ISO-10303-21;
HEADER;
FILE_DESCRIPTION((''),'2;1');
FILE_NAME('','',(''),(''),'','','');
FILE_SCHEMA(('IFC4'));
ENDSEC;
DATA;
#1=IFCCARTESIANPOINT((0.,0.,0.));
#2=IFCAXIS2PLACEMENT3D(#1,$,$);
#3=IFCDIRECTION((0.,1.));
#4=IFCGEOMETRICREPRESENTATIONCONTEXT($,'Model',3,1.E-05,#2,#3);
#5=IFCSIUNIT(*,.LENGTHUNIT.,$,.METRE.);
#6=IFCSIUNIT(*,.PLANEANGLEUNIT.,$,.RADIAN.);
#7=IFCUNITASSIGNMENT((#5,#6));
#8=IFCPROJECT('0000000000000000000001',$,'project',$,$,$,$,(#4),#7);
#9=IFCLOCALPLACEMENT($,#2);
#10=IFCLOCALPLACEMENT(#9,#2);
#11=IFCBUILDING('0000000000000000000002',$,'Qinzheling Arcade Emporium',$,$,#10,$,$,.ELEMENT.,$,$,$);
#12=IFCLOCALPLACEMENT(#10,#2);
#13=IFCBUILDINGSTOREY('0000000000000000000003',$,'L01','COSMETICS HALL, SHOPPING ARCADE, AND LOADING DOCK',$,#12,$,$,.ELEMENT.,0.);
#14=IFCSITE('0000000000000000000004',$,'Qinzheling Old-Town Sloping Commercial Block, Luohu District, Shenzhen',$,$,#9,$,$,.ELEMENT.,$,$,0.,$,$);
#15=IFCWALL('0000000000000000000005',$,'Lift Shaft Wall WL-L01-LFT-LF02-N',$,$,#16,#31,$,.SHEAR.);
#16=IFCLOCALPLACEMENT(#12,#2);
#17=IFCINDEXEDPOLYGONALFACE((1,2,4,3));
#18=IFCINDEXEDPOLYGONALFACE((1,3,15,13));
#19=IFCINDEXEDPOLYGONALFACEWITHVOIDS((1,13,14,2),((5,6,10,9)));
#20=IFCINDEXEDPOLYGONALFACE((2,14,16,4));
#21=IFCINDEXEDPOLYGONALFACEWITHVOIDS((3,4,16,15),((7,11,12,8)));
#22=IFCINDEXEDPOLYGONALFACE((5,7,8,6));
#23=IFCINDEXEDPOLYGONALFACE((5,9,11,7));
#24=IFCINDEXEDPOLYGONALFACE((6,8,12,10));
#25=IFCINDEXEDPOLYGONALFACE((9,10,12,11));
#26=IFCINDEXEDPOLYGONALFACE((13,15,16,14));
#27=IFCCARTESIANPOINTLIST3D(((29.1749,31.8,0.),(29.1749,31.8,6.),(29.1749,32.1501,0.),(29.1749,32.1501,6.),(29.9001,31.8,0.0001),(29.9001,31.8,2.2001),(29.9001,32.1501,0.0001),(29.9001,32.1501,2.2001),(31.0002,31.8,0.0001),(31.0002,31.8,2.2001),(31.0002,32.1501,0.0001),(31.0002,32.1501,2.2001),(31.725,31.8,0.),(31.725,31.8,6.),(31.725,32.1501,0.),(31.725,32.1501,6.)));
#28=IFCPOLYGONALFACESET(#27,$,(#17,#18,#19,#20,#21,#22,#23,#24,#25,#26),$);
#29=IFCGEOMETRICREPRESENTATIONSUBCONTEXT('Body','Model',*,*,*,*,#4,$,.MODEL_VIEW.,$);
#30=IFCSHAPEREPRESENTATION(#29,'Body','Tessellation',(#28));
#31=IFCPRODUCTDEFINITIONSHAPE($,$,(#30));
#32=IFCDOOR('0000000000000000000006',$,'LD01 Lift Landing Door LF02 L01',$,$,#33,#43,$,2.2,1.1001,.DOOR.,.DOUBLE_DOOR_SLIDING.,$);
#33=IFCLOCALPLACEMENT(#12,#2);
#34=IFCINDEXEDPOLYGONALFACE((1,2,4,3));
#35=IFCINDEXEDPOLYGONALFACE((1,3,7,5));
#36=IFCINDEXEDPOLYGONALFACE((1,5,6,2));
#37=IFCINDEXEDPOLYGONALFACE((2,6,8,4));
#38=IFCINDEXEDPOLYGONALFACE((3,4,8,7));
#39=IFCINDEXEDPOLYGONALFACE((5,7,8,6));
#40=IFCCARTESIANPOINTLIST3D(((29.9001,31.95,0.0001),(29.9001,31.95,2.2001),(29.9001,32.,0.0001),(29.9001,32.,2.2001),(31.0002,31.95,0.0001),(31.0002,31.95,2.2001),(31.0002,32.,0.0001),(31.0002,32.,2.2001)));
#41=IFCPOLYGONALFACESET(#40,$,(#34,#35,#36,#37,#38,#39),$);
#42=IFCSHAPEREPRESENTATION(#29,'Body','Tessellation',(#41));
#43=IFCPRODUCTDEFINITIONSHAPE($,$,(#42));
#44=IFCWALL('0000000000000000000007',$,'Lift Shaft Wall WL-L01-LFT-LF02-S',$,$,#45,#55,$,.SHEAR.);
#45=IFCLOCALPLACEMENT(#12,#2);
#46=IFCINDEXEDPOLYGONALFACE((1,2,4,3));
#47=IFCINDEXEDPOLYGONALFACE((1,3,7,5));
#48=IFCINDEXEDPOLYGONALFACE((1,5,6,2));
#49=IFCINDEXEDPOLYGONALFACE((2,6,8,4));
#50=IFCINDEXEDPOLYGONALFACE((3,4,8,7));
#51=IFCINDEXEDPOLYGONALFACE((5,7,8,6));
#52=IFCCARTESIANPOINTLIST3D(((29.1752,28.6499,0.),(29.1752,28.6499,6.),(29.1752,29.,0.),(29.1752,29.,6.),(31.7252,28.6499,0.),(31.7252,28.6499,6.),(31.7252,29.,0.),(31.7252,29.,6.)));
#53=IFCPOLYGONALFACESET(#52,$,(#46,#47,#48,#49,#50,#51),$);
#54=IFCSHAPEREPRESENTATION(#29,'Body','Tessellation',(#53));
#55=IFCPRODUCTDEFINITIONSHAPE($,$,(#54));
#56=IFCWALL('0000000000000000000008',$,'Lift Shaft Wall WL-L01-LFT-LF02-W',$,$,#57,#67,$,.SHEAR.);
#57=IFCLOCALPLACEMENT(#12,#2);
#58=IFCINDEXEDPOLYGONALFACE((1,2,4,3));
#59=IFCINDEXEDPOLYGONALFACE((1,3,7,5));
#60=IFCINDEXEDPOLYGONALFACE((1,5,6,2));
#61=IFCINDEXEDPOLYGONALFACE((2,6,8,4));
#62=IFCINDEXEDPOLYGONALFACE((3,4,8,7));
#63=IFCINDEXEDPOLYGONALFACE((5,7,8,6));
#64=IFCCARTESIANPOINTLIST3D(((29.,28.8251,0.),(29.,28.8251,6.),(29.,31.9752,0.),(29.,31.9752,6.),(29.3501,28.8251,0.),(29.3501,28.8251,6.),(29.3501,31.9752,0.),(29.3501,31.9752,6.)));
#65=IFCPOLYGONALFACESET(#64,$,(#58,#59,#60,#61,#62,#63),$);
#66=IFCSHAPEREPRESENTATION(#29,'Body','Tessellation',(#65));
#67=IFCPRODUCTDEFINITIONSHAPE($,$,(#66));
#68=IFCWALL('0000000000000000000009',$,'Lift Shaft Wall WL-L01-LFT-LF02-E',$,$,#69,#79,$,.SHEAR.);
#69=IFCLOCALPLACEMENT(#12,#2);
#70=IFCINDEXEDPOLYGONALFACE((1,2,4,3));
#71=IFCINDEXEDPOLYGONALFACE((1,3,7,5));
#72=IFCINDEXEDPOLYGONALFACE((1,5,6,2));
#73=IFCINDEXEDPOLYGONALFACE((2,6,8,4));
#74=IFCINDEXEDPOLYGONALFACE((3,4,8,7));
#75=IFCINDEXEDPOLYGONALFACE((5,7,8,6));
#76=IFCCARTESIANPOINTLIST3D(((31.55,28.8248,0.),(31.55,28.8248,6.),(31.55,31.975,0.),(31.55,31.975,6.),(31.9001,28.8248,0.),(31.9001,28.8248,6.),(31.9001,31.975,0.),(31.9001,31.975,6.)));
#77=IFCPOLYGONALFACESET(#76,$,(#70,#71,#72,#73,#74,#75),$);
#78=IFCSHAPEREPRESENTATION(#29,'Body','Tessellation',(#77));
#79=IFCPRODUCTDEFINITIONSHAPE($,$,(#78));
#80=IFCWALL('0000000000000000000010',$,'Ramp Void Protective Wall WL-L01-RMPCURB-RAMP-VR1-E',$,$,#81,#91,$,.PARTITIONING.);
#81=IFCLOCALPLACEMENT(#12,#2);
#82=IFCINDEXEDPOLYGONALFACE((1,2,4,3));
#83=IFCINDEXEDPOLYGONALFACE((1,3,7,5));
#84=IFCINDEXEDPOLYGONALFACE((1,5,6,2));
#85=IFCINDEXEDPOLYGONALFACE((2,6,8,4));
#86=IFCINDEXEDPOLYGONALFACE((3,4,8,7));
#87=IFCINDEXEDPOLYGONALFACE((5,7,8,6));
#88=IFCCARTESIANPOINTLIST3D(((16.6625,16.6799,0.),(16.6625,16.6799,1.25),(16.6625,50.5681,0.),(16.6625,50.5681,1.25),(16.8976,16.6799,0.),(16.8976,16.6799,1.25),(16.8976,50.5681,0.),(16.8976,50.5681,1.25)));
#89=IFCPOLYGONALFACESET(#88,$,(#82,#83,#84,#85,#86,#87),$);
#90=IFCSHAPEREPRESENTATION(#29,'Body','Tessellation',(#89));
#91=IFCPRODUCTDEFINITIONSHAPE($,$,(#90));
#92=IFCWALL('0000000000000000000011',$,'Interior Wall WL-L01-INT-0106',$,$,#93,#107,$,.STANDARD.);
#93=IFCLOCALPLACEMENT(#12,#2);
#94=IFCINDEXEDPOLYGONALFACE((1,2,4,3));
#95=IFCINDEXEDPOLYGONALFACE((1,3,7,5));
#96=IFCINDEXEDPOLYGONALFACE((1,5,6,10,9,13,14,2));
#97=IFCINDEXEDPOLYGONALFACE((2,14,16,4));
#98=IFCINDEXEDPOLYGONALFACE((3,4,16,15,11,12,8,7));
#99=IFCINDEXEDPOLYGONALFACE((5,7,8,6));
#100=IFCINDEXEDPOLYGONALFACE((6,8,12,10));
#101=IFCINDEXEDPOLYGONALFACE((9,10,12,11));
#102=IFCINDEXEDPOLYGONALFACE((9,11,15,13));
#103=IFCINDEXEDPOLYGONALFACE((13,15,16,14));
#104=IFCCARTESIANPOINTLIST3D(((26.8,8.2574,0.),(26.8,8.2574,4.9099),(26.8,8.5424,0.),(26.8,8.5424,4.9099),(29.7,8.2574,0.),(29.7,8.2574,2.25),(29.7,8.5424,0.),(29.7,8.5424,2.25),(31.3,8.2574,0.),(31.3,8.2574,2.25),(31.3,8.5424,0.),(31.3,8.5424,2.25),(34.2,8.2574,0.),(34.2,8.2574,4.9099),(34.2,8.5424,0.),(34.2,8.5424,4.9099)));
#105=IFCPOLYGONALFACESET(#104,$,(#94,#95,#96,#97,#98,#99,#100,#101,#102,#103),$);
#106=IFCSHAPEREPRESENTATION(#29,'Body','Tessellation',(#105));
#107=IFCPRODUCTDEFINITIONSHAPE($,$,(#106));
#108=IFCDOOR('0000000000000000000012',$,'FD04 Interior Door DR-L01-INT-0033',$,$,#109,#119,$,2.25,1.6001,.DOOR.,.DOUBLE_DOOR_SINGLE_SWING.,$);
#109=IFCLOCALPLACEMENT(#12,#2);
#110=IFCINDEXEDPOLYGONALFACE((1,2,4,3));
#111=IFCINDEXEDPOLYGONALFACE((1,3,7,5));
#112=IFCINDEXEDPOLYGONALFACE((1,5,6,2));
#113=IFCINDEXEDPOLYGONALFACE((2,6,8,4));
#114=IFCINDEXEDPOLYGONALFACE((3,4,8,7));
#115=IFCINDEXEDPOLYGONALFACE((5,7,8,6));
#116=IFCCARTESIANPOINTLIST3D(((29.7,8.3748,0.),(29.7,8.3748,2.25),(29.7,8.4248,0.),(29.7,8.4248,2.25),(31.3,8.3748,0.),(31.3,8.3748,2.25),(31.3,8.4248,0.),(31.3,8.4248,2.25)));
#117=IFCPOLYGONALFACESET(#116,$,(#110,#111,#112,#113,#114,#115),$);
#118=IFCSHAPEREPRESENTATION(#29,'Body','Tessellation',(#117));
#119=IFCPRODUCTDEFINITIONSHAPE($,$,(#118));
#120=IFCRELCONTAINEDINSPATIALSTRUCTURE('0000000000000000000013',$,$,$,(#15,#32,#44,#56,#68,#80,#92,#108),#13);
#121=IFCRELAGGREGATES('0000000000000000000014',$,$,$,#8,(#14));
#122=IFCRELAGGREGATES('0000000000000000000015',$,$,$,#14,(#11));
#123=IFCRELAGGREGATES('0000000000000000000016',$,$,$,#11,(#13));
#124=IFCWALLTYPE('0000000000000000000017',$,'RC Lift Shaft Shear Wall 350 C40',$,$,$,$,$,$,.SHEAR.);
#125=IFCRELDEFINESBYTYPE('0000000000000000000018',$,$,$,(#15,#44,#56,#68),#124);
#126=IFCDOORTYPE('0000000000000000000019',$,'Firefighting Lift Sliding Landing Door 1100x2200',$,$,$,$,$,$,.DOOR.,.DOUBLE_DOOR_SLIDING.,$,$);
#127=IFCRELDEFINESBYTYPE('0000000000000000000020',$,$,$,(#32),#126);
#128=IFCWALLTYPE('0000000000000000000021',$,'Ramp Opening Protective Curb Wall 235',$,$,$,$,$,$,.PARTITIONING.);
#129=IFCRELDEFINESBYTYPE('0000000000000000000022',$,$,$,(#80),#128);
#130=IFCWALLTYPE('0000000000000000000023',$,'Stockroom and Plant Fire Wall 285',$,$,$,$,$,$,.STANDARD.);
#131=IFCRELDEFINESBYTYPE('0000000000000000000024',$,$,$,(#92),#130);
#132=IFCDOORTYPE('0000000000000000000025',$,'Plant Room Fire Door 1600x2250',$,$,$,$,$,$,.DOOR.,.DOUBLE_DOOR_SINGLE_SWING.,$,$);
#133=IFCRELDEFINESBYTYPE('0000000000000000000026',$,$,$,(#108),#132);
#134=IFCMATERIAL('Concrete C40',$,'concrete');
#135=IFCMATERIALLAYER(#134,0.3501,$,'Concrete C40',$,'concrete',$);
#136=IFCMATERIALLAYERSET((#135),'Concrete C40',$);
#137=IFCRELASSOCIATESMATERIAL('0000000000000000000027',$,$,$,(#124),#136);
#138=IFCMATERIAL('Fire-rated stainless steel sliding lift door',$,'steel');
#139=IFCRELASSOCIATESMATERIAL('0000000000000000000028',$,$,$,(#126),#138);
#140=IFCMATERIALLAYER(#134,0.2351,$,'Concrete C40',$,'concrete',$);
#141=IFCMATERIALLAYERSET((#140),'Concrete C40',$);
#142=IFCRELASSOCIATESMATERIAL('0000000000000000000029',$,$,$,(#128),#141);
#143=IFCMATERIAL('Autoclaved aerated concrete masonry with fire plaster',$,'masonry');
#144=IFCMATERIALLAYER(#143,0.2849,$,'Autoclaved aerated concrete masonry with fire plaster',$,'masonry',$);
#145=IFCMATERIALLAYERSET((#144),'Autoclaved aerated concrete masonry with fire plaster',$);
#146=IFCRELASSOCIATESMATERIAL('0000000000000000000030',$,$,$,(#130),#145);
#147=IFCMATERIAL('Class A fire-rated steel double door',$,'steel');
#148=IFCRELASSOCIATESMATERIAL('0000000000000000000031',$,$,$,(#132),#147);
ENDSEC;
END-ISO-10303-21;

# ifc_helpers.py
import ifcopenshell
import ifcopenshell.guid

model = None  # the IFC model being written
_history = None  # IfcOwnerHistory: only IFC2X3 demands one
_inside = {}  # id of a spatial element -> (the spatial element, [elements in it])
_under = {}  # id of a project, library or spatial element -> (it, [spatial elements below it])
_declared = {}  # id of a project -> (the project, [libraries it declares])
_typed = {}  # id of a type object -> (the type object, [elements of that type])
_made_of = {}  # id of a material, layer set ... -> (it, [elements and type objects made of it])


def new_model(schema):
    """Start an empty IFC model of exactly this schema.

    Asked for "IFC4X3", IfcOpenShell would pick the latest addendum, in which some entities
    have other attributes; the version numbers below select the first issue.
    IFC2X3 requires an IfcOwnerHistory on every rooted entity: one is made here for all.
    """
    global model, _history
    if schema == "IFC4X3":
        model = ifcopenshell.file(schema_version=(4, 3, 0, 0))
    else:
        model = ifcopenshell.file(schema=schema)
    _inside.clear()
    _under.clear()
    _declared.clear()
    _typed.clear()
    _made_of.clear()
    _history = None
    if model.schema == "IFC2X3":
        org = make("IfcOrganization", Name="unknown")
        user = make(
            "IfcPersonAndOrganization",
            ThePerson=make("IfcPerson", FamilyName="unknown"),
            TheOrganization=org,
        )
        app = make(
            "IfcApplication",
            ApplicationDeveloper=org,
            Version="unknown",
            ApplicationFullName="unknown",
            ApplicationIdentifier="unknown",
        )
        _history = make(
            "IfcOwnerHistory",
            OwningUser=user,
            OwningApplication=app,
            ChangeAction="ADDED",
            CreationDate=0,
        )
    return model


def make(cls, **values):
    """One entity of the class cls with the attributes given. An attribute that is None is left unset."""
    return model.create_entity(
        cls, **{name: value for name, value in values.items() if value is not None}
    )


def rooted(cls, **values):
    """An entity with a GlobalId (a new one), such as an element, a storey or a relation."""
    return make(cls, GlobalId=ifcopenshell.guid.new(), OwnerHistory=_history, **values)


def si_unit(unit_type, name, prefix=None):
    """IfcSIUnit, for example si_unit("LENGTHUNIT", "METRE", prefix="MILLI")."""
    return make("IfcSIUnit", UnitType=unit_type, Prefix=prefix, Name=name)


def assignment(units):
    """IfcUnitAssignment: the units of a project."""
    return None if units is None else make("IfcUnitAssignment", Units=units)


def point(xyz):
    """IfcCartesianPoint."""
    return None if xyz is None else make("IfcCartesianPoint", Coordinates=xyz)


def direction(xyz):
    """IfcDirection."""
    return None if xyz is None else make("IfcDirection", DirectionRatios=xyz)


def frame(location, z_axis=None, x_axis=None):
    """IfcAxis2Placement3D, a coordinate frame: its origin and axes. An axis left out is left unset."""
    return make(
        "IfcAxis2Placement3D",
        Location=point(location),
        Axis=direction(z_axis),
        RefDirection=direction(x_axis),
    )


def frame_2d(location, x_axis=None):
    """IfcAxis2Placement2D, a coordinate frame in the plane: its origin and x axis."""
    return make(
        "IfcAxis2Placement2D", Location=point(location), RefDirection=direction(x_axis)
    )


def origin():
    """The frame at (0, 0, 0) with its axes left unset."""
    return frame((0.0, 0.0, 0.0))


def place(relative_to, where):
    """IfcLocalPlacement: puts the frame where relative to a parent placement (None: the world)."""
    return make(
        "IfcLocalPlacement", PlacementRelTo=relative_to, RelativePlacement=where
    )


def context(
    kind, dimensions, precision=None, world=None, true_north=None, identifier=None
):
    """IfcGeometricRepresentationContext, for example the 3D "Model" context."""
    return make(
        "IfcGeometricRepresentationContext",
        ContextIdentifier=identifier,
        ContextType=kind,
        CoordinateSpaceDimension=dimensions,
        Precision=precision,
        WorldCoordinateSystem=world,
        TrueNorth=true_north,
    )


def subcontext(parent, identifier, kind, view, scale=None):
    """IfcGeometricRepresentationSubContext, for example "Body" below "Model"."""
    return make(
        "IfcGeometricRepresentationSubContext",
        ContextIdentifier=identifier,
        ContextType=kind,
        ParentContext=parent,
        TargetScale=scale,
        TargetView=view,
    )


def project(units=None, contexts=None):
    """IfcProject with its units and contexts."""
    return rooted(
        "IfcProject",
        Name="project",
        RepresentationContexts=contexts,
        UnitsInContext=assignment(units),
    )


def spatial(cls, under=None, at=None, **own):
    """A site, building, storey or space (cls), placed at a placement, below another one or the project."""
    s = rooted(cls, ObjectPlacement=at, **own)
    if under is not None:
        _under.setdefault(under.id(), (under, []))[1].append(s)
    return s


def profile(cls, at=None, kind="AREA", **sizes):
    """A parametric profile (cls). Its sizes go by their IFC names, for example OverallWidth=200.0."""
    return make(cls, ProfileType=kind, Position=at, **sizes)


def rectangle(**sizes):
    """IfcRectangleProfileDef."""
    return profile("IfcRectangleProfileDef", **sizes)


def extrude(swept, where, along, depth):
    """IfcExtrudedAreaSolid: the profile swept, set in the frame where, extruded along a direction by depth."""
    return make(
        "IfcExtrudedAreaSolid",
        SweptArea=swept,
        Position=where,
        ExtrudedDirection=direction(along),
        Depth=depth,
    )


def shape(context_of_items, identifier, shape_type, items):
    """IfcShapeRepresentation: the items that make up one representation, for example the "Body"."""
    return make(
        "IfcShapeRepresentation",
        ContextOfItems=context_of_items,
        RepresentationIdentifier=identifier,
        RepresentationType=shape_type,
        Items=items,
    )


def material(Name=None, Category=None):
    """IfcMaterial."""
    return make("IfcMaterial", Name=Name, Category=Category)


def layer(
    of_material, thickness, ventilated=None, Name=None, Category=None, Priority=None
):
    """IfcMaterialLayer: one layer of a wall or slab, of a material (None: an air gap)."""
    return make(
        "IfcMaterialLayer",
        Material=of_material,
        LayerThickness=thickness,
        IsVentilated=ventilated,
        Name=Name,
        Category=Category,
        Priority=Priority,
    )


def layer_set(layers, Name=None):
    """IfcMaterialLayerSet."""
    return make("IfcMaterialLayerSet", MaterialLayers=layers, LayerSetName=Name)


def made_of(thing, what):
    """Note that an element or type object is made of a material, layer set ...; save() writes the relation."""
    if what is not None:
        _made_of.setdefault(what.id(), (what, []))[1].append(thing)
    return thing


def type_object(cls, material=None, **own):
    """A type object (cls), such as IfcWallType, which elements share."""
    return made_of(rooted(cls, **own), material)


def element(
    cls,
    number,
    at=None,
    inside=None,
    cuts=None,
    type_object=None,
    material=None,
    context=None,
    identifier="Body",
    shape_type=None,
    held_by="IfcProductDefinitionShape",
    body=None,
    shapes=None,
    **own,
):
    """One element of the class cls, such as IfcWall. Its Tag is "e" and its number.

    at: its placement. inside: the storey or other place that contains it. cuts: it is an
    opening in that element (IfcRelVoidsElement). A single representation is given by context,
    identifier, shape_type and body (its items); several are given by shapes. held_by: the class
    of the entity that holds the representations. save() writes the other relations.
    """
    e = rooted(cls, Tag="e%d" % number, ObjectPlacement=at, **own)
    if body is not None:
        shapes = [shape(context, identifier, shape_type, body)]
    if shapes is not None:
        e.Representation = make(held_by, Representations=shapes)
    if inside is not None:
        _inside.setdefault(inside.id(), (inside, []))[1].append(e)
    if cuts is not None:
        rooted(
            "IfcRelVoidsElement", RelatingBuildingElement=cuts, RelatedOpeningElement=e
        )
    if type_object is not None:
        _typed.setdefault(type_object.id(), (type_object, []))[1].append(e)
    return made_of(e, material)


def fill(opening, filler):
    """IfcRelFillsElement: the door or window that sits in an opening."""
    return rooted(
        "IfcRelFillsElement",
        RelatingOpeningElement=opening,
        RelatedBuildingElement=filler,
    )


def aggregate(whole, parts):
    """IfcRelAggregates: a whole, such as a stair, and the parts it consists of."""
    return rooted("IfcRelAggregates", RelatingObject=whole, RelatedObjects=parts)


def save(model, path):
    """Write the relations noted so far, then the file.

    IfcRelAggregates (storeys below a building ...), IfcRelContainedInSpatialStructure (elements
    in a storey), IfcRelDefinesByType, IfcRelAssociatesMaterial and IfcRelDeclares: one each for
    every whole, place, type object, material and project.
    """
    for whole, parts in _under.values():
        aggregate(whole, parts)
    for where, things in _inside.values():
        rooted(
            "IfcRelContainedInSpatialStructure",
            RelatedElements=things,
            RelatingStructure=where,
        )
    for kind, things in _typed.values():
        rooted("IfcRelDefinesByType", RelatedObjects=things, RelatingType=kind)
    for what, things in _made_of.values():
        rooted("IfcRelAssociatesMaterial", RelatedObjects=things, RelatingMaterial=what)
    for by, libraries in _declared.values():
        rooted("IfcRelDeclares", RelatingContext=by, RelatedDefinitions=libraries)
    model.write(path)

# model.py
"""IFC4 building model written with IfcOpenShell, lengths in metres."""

from ifc_helpers import new_model, si_unit, direction, frame, frame_2d, origin, place, context, subcontext, project, spatial, rectangle, extrude, material, layer, layer_set, type_object, element, fill, save


model = new_model("IFC4")

# Units and contexts
model_context = context("Model", 3, precision=1e-05, world=origin(), true_north=direction((0.0, 1.0)))
body_context = subcontext(model_context, "Body", "Model", "MODEL_VIEW")
ifc_project = project(units=[si_unit("LENGTHUNIT", "METRE"), si_unit("PLANEANGLEUNIT", "RADIAN")], contexts=[model_context])

# Site, building, storey
site_placement = place(None, origin())
site = spatial("IfcSite", under=ifc_project, at=site_placement, Name="Qinzheling Old-Town Sloping Commercial Block, Luohu District, Shenzhen", CompositionType="ELEMENT", RefElevation=0.0)
building_placement = place(site_placement, origin())
building = spatial("IfcBuilding", under=site, at=building_placement, Name="Qinzheling Arcade Emporium", CompositionType="ELEMENT")
storey_placement = place(building_placement, origin())
storey = spatial("IfcBuildingStorey", under=building, at=storey_placement, Name="L01", Description="COSMETICS HALL, SHOPPING ARCADE, AND LOADING DOCK", CompositionType="ELEMENT", Elevation=0.0)

# Shared definitions
ifc_material_1 = material(Name="Concrete C40", Category="concrete")

# Wall, opening, door
ifc_layer_1 = layer(ifc_material_1, 0.3501, Name="Concrete C40", Category="concrete")
ifc_layer_set_1 = layer_set([ifc_layer_1], Name="Concrete C40")
wall_type_1 = type_object("IfcWallType", Name="RC Lift Shaft Shear Wall 350 C40", PredefinedType="SHEAR", material=ifc_layer_set_1)
wall_1_placement = place(storey_placement, frame((29.175, 31.9751, 0.0), z_axis=(0.0, 0.0, 1.0), x_axis=(1.0, 0.0, 0.0)))
wall_1 = element("IfcWall", 1, at=wall_1_placement, inside=storey, type_object=wall_type_1, Name="Lift Shaft Wall WL-L01-LFT-LF02-N", PredefinedType="SHEAR", context=body_context, shape_type="SweptSolid", body=[
    extrude(rectangle(XDim=2.55, YDim=0.3501, at=frame_2d((1.2749, 0.0))), origin(), (0.0, 0.0, 1.0), 6.0),
])
opening_1_placement = place(wall_1_placement, frame((0.7251, 0.0, 0.0)))
opening_1 = element("IfcOpeningElement", 2, at=opening_1_placement, cuts=wall_1, PredefinedType="OPENING", context=body_context, shape_type="SweptSolid", body=[
    extrude(rectangle(XDim=1.1001, YDim=2.2, at=frame_2d((0.55, 1.1001))), frame((0.0, 0.1851, 0.0), z_axis=(0.0, -1.0, 0.0), x_axis=(1.0, 0.0, 0.0)), (0.0, 0.0, 1.0), 0.3701),
])
ifc_material_2 = material(Name="Fire-rated stainless steel sliding lift door", Category="steel")
door_type_1 = type_object("IfcDoorType", Name="Firefighting Lift Sliding Landing Door 1100x2200", OperationType="DOUBLE_DOOR_SLIDING", PredefinedType="DOOR", material=ifc_material_2)
door_1_placement = place(opening_1_placement, origin())
door_1 = element("IfcDoor", 3, at=door_1_placement, inside=storey, type_object=door_type_1, Name="LD01 Lift Landing Door LF02 L01", OperationType="DOUBLE_DOOR_SLIDING", OverallHeight=2.2, OverallWidth=1.1001, PredefinedType="DOOR", context=body_context, shape_type="SweptSolid", body=[
    extrude(rectangle(XDim=1.1001, YDim=2.2, at=frame_2d((0.55, 1.1001))), frame((0.0, 0.0249, 0.0), z_axis=(0.0, -1.0, 0.0), x_axis=(1.0, 0.0, 0.0)), (0.0, 0.0, 1.0), 0.05),
])
fill(opening_1, door_1)

# Walls
wall_2_placement = place(storey_placement, frame((31.7251, 28.825, 0.0), z_axis=(0.0, 0.0, 1.0), x_axis=(-1.0, 0.0, 0.0)))
element("IfcWall", 4, at=wall_2_placement, inside=storey, type_object=wall_type_1, Name="Lift Shaft Wall WL-L01-LFT-LF02-S", PredefinedType="SHEAR", context=body_context, shape_type="SweptSolid", body=[
    extrude(rectangle(XDim=2.55, YDim=0.3501, at=frame_2d((1.2749, 0.0))), origin(), (0.0, 0.0, 1.0), 6.0),
])
for number, where, z_axis, x_axis, name in (
    (5, (29.175, 28.825, 0.0), (0.0, 0.0, 1.0), (0.0, 1.0, 0.0), "Lift Shaft Wall WL-L01-LFT-LF02-W"),
    (6, (31.7251, 31.9751, 0.0), (0.0, 0.0, 1.0), (0.0, -1.0, 0.0), "Lift Shaft Wall WL-L01-LFT-LF02-E"),
):
    element("IfcWall", number, at=place(storey_placement, frame(where, z_axis=z_axis, x_axis=x_axis)), inside=storey, type_object=wall_type_1, Name=name, PredefinedType="SHEAR", context=body_context, shape_type="SweptSolid", body=[
        extrude(rectangle(XDim=3.1501, YDim=0.3501, at=frame_2d((1.5752, 0.0))), origin(), (0.0, 0.0, 1.0), 6.0),
    ])
ifc_layer_2 = layer(ifc_material_1, 0.2351, Name="Concrete C40", Category="concrete")
ifc_layer_set_2 = layer_set([ifc_layer_2], Name="Concrete C40")
wall_type_2 = type_object("IfcWallType", Name="Ramp Opening Protective Curb Wall 235", PredefinedType="PARTITIONING", material=ifc_layer_set_2)
wall_3_placement = place(storey_placement, frame((16.78, 16.6799, 0.0), z_axis=(0.0, 0.0, 1.0), x_axis=(0.0, 1.0, 0.0)))
element("IfcWall", 7, at=wall_3_placement, inside=storey, type_object=wall_type_2, Name="Ramp Void Protective Wall WL-L01-RMPCURB-RAMP-VR1-E", PredefinedType="PARTITIONING", context=body_context, shape_type="SweptSolid", body=[
    extrude(rectangle(XDim=33.8882, YDim=0.2351, at=frame_2d((16.9441, 0.0))), origin(), (0.0, 0.0, 1.0), 1.25),
])

# Wall, opening, door
ifc_material_3 = material(Name="Autoclaved aerated concrete masonry with fire plaster", Category="masonry")
ifc_layer_3 = layer(ifc_material_3, 0.2849, Name="Autoclaved aerated concrete masonry with fire plaster", Category="masonry")
ifc_layer_set_3 = layer_set([ifc_layer_3], Name="Autoclaved aerated concrete masonry with fire plaster")
wall_type_3 = type_object("IfcWallType", Name="Stockroom and Plant Fire Wall 285", PredefinedType="STANDARD", material=ifc_layer_set_3)
wall_4_placement = place(storey_placement, frame((26.8, 8.3999, 0.0), z_axis=(0.0, 0.0, 1.0), x_axis=(1.0, 0.0, 0.0)))
wall_4 = element("IfcWall", 8, at=wall_4_placement, inside=storey, type_object=wall_type_3, Name="Interior Wall WL-L01-INT-0106", PredefinedType="STANDARD", context=body_context, shape_type="SweptSolid", body=[
    extrude(rectangle(XDim=7.3999, YDim=0.2849, at=frame_2d((3.7, 0.0))), origin(), (0.0, 0.0, 1.0), 4.9099),
])
opening_2_placement = place(wall_4_placement, frame((2.8999, 0.0, 0.0)))
opening_2 = element("IfcOpeningElement", 9, at=opening_2_placement, cuts=wall_4, PredefinedType="OPENING", context=body_context, shape_type="SweptSolid", body=[
    extrude(rectangle(XDim=1.6001, YDim=2.25, at=frame_2d((0.8, 1.125))), frame((0.0, 0.1523, 0.0), z_axis=(0.0, -1.0, 0.0), x_axis=(1.0, 0.0, 0.0)), (0.0, 0.0, 1.0), 0.3049),
])
ifc_material_4 = material(Name="Class A fire-rated steel double door", Category="steel")
door_type_2 = type_object("IfcDoorType", Name="Plant Room Fire Door 1600x2250", OperationType="DOUBLE_DOOR_SINGLE_SWING", PredefinedType="DOOR", material=ifc_material_4)
door_2_placement = place(opening_2_placement, origin())
door_2 = element("IfcDoor", 10, at=door_2_placement, inside=storey, type_object=door_type_2, Name="FD04 Interior Door DR-L01-INT-0033", OperationType="DOUBLE_DOOR_SINGLE_SWING", OverallHeight=2.25, OverallWidth=1.6001, PredefinedType="DOOR", context=body_context, shape_type="SweptSolid", body=[
    extrude(rectangle(XDim=1.6001, YDim=2.25, at=frame_2d((0.8, 1.125))), frame((0.0, 0.0249, 0.0), z_axis=(0.0, -1.0, 0.0), x_axis=(1.0, 0.0, 0.0)), (0.0, 0.0, 1.0), 0.05),
])
fill(opening_2, door_2)

save(model, "model.ifc")
